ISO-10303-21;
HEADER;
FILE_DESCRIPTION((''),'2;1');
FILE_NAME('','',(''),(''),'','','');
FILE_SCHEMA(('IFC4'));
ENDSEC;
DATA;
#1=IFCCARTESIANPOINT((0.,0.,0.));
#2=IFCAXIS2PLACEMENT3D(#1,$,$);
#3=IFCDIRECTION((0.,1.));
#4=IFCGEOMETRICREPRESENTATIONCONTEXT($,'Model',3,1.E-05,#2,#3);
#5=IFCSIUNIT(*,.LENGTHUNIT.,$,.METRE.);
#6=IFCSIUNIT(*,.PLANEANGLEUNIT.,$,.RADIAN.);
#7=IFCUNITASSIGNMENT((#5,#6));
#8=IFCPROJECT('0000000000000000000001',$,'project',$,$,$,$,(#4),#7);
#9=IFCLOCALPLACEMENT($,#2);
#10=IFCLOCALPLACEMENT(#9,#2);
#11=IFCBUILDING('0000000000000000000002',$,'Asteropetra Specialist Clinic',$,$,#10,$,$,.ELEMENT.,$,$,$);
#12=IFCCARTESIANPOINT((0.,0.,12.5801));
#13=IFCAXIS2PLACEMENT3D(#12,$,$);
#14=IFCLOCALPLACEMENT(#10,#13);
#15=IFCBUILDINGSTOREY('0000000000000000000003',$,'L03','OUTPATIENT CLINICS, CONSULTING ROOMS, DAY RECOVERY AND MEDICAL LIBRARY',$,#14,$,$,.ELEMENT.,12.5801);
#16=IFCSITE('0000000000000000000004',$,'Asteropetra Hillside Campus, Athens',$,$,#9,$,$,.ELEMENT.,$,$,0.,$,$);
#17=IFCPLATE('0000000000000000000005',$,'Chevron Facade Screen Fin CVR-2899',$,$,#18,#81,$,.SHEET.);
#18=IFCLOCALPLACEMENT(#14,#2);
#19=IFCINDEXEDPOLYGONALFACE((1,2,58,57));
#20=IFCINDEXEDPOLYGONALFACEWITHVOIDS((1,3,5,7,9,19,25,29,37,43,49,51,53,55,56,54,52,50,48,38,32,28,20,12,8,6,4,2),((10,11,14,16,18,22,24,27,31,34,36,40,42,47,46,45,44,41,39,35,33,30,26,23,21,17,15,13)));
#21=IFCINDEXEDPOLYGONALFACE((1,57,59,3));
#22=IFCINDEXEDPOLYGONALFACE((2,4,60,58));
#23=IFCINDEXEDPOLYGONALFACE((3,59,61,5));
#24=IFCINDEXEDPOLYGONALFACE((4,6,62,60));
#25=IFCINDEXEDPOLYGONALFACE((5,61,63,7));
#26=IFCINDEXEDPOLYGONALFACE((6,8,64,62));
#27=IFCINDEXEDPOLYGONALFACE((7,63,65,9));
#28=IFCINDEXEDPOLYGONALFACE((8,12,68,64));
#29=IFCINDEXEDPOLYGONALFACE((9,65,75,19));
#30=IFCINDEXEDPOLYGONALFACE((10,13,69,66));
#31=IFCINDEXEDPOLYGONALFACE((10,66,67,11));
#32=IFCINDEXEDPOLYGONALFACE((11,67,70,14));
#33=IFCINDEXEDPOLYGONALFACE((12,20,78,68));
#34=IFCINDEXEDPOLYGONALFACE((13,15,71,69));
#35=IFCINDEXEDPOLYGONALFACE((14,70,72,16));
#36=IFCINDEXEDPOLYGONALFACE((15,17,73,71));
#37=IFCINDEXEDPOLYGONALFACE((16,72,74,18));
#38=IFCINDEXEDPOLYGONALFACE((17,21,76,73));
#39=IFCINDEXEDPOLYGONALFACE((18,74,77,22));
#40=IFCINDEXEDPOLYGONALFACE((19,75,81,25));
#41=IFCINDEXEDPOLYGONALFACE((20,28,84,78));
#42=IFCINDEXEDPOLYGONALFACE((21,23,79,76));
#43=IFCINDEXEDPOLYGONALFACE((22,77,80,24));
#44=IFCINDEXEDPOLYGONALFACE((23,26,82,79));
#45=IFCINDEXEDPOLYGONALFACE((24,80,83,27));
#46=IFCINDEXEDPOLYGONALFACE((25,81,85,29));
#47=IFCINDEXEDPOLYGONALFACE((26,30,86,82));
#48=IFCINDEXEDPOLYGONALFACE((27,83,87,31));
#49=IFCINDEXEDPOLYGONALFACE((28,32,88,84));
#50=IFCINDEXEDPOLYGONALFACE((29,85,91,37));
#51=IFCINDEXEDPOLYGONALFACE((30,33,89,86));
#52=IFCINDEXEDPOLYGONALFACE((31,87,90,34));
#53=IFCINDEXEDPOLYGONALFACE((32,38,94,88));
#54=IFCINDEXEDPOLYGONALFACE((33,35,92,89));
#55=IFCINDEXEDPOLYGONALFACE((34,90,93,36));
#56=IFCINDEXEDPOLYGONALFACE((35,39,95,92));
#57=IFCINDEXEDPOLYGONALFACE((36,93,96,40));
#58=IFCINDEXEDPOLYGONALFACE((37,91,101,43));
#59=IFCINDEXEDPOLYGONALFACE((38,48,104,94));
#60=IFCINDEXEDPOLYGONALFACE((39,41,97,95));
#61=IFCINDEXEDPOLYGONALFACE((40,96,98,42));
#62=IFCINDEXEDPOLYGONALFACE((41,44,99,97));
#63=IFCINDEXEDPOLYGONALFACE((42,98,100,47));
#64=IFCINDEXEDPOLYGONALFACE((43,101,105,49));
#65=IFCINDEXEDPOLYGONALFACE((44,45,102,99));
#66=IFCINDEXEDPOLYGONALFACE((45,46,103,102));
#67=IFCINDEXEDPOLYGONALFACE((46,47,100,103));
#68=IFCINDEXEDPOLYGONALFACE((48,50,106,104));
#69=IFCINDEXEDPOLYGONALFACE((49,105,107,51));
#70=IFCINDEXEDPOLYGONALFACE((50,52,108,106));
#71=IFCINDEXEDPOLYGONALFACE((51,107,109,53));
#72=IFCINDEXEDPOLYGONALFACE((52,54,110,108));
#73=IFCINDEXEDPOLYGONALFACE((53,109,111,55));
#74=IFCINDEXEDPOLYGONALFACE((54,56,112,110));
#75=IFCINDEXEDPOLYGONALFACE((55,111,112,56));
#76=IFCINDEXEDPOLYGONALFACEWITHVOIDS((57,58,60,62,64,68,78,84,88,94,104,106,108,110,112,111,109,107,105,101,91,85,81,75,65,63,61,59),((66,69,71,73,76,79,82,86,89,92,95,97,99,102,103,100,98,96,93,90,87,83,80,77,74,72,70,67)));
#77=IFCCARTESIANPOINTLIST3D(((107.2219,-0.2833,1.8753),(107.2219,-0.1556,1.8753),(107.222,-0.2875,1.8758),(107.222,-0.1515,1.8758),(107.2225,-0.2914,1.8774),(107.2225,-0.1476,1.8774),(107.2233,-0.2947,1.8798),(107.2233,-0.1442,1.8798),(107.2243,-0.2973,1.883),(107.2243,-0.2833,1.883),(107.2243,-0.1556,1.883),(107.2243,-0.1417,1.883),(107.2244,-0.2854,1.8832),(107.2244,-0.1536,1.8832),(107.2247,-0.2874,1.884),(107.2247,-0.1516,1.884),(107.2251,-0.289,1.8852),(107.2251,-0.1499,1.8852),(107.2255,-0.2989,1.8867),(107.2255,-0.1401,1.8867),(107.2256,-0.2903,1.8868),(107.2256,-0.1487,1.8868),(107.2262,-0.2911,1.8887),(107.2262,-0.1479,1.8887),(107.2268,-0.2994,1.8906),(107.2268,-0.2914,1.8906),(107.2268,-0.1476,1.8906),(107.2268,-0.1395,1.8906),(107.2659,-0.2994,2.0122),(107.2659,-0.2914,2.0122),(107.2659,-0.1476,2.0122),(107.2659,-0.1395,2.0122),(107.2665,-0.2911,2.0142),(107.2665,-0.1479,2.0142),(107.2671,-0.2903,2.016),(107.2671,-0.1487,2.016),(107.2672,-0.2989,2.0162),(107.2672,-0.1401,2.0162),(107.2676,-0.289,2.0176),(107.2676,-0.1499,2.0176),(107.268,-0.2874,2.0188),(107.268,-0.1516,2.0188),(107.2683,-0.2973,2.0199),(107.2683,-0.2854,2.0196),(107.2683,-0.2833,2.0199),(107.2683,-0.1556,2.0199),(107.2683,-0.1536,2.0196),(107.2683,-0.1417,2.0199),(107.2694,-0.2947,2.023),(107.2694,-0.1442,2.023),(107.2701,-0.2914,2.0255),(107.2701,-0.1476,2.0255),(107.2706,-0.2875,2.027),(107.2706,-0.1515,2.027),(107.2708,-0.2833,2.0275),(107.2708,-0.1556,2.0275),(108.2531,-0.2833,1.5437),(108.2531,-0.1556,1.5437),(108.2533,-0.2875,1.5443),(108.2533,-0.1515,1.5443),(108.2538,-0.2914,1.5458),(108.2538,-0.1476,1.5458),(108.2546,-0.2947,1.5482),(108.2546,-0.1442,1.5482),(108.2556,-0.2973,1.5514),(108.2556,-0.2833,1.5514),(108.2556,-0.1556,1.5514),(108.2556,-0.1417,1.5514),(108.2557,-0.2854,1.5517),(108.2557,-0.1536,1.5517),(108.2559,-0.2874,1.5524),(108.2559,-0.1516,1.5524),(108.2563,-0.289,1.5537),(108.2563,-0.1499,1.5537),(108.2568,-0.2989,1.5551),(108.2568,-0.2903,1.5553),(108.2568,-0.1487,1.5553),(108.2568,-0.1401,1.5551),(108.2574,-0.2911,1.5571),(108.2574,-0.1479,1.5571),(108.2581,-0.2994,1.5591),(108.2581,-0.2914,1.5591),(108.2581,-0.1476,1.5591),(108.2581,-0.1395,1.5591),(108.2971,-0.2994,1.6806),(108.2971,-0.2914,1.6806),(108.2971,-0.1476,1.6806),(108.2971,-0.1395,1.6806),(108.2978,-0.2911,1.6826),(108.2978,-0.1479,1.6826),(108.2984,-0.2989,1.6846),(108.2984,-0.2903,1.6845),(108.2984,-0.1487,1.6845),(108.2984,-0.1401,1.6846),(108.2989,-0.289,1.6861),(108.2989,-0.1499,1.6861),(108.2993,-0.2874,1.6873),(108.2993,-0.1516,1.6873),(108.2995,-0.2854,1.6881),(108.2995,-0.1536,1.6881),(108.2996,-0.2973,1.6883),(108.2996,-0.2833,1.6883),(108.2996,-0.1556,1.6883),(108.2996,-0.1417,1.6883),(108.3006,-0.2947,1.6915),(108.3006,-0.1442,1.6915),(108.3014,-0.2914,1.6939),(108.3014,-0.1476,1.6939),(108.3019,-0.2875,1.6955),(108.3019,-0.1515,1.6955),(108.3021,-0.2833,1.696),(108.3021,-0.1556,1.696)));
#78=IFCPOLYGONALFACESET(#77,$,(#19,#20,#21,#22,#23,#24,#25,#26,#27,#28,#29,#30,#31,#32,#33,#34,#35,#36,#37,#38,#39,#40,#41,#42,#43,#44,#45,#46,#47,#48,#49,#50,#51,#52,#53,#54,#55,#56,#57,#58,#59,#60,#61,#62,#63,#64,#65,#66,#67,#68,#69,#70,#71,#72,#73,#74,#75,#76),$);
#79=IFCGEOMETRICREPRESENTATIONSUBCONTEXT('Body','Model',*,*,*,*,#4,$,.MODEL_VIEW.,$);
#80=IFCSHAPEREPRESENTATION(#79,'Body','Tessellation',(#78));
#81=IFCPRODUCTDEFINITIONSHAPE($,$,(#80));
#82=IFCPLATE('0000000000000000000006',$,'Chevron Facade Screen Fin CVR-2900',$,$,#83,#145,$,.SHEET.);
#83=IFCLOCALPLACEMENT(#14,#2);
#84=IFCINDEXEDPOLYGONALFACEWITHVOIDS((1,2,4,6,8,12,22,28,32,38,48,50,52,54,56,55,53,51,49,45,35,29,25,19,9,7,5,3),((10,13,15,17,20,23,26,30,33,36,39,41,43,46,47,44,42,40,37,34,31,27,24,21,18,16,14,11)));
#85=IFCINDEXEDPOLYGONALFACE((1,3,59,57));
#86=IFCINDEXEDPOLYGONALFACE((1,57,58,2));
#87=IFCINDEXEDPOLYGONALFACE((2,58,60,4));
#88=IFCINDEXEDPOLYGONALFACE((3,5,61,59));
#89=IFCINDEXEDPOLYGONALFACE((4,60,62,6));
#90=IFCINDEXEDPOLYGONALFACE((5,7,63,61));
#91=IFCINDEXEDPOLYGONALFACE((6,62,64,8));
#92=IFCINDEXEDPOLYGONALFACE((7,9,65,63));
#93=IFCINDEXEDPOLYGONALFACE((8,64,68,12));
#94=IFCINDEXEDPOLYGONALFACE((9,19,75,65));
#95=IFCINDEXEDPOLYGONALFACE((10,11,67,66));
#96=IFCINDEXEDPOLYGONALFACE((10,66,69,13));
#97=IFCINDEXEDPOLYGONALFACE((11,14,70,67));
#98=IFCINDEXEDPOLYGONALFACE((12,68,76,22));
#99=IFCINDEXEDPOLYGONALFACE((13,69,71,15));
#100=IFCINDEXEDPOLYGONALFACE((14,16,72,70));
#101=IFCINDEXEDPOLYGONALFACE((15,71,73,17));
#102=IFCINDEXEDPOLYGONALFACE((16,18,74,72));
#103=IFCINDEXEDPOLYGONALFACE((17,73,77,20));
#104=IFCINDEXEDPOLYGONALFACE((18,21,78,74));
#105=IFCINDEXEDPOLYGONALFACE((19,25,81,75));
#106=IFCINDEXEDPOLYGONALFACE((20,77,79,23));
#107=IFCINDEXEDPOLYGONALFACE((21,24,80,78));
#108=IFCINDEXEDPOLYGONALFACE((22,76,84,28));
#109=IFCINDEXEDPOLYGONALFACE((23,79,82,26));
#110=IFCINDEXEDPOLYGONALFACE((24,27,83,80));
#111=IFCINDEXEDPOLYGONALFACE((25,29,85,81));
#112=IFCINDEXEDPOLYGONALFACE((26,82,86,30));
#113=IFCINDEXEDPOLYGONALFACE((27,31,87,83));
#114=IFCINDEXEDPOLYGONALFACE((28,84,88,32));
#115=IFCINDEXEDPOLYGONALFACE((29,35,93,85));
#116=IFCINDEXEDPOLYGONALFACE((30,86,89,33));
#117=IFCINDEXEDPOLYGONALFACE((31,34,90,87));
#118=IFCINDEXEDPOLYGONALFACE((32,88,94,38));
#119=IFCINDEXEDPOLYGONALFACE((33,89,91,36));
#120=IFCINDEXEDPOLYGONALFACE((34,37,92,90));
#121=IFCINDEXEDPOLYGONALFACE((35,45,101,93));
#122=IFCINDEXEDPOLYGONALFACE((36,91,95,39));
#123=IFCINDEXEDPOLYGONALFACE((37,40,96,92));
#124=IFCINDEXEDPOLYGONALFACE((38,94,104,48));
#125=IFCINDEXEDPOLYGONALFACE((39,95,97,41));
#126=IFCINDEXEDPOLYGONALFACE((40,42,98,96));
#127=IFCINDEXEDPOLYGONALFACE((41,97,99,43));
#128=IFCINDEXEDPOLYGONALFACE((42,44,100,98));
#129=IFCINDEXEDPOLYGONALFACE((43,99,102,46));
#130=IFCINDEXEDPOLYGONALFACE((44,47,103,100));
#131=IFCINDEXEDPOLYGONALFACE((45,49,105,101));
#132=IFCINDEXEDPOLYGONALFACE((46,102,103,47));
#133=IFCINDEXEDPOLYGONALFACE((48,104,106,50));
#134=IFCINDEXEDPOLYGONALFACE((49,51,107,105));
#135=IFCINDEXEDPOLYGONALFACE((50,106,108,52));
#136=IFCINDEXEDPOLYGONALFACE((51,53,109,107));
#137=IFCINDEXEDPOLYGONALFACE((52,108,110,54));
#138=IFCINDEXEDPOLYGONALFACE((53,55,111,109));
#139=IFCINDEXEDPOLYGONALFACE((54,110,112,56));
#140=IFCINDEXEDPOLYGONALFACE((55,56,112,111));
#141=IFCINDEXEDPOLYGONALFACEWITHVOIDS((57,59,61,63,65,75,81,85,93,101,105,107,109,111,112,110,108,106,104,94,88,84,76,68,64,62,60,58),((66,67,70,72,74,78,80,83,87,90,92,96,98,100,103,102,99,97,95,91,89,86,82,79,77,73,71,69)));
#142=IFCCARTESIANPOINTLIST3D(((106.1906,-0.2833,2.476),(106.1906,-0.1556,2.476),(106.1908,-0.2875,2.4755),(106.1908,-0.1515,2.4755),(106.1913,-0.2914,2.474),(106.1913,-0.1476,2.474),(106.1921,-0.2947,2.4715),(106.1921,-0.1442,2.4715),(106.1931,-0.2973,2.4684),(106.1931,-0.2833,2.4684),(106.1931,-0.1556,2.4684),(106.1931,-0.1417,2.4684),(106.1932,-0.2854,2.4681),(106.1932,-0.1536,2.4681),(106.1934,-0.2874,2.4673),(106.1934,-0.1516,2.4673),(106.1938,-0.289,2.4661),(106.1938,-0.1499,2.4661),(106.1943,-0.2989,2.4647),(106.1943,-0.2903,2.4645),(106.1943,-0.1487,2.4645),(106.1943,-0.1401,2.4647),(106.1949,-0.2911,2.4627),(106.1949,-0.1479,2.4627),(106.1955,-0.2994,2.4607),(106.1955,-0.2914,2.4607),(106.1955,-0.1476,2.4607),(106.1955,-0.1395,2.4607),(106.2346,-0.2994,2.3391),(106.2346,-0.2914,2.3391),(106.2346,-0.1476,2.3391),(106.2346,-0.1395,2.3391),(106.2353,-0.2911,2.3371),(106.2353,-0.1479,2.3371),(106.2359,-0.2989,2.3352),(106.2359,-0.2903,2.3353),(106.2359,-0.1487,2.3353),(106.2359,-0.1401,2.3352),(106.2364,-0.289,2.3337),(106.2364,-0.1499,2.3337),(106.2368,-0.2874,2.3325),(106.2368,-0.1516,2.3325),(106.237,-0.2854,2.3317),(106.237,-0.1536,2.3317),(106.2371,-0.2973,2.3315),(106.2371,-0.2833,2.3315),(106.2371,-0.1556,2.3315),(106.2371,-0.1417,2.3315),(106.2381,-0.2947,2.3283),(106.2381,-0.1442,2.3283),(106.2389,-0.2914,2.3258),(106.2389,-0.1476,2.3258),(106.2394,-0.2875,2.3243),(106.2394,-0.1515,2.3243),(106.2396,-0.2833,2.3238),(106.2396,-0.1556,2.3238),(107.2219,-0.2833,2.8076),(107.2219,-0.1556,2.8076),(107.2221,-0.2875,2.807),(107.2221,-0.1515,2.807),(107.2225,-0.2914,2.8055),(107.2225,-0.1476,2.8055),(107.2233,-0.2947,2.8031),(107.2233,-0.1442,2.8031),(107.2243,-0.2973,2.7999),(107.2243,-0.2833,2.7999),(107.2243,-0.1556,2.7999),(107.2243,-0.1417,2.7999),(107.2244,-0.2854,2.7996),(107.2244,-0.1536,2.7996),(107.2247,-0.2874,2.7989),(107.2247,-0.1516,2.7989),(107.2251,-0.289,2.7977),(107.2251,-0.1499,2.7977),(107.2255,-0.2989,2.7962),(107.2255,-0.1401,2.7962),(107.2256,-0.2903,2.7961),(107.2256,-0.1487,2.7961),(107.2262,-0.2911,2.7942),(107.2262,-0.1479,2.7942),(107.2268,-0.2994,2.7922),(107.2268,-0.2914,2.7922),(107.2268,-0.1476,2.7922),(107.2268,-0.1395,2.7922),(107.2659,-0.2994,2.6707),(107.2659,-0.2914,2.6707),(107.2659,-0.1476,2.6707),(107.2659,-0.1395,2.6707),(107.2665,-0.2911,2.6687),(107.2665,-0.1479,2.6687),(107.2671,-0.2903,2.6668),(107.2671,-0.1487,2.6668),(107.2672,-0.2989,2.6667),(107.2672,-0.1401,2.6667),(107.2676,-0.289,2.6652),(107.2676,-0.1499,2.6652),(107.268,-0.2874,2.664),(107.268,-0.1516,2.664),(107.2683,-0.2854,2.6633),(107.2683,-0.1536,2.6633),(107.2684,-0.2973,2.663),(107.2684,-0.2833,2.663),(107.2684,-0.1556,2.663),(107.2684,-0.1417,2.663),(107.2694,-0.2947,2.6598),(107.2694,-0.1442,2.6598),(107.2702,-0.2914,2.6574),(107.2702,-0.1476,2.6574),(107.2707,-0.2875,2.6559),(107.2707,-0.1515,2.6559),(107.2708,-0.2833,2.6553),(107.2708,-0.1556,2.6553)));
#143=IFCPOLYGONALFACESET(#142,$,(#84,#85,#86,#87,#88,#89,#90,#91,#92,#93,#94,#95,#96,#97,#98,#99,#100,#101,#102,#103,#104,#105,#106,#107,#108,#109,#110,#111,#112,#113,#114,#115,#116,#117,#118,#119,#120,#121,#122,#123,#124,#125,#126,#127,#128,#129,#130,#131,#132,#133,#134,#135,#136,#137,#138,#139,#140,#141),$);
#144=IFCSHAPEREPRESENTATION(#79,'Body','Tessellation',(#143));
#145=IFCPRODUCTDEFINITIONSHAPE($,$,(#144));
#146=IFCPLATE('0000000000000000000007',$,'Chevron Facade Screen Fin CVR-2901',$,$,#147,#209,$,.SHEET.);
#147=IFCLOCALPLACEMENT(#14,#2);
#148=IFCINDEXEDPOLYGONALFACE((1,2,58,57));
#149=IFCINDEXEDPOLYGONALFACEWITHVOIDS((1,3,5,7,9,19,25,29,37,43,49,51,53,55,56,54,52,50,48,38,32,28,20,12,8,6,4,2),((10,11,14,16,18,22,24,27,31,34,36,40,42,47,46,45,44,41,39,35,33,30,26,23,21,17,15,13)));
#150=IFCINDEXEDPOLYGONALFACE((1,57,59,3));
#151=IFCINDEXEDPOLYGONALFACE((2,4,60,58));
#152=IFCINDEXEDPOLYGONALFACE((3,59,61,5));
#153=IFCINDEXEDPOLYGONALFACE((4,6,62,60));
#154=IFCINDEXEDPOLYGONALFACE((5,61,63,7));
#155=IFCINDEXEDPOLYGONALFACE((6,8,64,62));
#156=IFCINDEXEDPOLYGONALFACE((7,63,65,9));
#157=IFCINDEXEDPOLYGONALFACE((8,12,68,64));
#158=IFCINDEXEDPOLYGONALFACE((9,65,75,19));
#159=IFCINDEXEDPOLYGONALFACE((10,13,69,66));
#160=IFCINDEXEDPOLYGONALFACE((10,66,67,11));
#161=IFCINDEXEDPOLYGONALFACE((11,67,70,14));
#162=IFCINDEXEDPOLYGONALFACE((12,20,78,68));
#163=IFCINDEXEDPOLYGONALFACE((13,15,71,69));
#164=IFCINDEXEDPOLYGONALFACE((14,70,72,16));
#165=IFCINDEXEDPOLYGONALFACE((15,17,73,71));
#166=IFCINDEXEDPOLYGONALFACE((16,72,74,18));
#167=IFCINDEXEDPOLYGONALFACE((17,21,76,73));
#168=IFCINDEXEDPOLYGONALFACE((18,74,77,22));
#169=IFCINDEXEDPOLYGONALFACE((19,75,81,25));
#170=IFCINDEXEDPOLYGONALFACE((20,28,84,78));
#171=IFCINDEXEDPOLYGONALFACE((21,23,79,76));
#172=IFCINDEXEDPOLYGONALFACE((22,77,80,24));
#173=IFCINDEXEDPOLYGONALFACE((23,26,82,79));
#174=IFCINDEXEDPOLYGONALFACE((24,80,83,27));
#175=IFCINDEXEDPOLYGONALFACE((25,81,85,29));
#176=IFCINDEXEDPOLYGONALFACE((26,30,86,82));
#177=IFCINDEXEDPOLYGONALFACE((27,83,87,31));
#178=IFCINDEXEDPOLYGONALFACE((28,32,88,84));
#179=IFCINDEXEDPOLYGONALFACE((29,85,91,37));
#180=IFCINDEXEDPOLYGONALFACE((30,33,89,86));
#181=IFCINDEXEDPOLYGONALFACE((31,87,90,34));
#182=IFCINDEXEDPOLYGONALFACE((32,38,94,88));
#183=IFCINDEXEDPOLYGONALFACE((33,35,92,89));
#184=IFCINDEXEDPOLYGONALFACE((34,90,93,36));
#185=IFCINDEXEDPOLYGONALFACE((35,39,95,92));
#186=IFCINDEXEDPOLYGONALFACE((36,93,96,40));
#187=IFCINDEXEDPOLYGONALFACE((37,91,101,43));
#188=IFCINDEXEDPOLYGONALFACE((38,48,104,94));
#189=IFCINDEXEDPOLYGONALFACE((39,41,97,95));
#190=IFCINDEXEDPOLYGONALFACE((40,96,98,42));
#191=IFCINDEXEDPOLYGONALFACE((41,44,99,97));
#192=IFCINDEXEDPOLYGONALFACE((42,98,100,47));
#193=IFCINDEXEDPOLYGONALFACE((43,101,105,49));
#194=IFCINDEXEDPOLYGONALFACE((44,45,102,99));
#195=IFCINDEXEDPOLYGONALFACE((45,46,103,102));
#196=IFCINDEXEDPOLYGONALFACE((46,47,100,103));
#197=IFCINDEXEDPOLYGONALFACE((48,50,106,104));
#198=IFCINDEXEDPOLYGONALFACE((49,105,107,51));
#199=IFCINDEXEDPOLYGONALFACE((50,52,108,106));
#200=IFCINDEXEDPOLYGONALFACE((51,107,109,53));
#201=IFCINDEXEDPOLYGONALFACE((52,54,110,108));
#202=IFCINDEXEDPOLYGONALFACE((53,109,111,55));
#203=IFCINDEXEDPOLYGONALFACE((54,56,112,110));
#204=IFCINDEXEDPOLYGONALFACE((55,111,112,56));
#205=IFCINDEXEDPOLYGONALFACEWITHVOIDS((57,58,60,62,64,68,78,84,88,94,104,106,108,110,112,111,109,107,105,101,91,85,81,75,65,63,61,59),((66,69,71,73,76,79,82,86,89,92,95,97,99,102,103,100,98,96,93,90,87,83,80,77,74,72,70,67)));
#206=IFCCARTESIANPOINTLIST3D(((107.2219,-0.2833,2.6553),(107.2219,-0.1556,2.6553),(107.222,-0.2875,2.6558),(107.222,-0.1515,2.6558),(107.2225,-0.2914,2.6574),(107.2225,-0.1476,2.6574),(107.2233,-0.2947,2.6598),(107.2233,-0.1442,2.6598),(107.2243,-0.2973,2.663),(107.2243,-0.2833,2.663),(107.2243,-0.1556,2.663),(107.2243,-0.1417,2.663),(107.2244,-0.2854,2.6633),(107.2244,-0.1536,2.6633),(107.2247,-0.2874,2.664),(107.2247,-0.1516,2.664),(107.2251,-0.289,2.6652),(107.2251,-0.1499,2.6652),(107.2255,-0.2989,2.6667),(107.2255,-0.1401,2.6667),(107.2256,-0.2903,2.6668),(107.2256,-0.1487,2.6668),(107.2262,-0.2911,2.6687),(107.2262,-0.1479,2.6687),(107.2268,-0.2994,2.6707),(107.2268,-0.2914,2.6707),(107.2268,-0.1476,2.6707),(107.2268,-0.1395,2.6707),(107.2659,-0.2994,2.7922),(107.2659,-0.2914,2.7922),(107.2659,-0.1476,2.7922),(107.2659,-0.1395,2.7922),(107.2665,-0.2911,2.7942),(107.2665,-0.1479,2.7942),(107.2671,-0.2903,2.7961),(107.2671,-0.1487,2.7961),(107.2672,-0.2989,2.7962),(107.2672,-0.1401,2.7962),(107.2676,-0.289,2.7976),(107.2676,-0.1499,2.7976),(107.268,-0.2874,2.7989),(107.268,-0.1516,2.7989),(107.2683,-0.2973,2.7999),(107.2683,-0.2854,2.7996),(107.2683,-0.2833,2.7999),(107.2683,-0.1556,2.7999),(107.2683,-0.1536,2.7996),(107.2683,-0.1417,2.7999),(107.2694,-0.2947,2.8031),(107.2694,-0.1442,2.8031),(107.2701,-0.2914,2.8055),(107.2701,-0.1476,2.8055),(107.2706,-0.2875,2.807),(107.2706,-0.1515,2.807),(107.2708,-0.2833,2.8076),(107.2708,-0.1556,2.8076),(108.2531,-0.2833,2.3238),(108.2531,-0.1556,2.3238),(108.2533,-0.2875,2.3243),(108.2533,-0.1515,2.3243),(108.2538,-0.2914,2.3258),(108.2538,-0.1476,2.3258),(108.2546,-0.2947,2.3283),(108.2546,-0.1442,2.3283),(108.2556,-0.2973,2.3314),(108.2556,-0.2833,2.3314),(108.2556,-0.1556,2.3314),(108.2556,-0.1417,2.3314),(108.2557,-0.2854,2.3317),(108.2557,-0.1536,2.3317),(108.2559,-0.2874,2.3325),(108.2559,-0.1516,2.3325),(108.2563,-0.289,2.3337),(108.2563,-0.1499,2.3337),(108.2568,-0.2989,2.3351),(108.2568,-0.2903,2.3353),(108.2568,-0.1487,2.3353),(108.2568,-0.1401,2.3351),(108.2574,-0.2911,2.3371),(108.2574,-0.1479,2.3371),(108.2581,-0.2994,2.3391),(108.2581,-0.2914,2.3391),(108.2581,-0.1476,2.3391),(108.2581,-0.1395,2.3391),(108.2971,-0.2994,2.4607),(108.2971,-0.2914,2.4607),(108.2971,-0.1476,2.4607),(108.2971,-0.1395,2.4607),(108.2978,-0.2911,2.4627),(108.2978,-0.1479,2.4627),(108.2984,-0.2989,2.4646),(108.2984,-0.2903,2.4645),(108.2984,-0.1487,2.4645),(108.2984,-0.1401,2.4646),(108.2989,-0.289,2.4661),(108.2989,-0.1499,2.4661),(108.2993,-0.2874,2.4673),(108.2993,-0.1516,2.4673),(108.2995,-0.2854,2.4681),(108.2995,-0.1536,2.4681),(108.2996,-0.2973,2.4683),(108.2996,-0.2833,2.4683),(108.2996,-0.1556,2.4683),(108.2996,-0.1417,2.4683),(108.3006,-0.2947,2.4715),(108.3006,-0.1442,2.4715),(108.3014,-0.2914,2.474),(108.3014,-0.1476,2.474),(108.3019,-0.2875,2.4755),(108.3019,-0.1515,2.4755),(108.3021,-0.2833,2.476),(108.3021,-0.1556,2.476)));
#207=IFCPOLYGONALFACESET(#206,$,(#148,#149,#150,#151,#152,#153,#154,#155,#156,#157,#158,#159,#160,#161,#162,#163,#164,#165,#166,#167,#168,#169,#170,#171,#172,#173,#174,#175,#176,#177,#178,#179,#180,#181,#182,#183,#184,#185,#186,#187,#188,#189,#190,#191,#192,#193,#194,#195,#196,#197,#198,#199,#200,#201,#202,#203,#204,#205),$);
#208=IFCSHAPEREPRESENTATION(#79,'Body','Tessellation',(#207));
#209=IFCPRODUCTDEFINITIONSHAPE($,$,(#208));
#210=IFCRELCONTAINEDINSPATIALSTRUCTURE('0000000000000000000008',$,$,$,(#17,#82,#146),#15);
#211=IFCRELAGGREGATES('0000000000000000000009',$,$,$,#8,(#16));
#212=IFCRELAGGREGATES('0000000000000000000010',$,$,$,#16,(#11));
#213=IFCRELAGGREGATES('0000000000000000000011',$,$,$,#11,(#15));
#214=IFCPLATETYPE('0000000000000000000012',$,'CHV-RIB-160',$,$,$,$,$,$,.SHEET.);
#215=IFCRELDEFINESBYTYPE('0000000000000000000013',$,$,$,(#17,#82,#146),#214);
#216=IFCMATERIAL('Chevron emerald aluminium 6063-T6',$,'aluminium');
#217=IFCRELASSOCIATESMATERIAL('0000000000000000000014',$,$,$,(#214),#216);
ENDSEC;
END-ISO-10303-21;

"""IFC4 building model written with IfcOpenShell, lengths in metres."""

from ifc_helpers import new_model, si_unit, direction, frame, origin, origin_2d, place, context, subcontext, project, spatial, hollow_rectangle, extrude, material, material_profile, profile_set, type_object, element, save


model = new_model("IFC4")

# Units and contexts
model_context = context("Model", 3, precision=1e-05, world=origin(), true_north=direction((0.0, 1.0)))
body_context = subcontext(model_context, "Body", "Model", "MODEL_VIEW")
ifc_project = project(units=[si_unit("LENGTHUNIT", "METRE"), si_unit("PLANEANGLEUNIT", "RADIAN")], contexts=[model_context])

# Site, building, storey
site_placement = place(None, origin())
site = spatial("IfcSite", under=ifc_project, at=site_placement, Name="Asteropetra Hillside Campus, Athens", CompositionType="ELEMENT", RefElevation=0.0)
building_placement = place(site_placement, origin())
building = spatial("IfcBuilding", under=site, at=building_placement, Name="Asteropetra Specialist Clinic", CompositionType="ELEMENT")
storey_placement = place(building_placement, frame((0.0, 0.0, 12.5801)))
storey = spatial("IfcBuildingStorey", under=building, at=storey_placement, Name="L03", Description="OUTPATIENT CLINICS, CONSULTING ROOMS, DAY RECOVERY AND MEDICAL LIBRARY", CompositionType="ELEMENT", Elevation=12.5801)

# Plates
ifc_material_1 = material(Name="Chevron emerald aluminium 6063-T6", Category="aluminium")
ifc_material_profile_1 = material_profile(ifc_material_1, hollow_rectangle(XDim=0.1599, YDim=0.1599, WallThickness=0.0081, InnerFilletRadius=0.0081, OuterFilletRadius=0.0161, at=origin_2d()), Name="SHS 160x160x8.0")
ifc_profile_set_1 = profile_set([ifc_material_profile_1], Name="Chevron emerald aluminium 6063-T6")
plate_type_1 = type_object("IfcPlateType", Name="CHV-RIB-160", PredefinedType="SHEET", material=ifc_profile_set_1)
for number, where, z_axis, x_axis, name in (
    (1, (107.2463, -0.2195, 1.9514), (0.95201, 0.0, -0.306068), (0.0, 1.0, 0.0), "Chevron Facade Screen Fin CVR-2899"),
    (2, (106.2151, -0.2195, 2.3999), (0.95201, 0.0, 0.306068), (0.0, 1.0, 0.0), "Chevron Facade Screen Fin CVR-2900"),
    (3, (107.2463, -0.2195, 2.7314), (0.95201, 0.0, -0.306068), (0.0, 1.0, 0.0), "Chevron Facade Screen Fin CVR-2901"),
):
    element("IfcPlate", number, at=place(storey_placement, frame(where, z_axis=z_axis, x_axis=x_axis)), inside=storey, type_object=plate_type_1, Name=name, PredefinedType="SHEET", context=body_context, shape_type="SweptSolid", body=[
        extrude(hollow_rectangle(XDim=0.1599, YDim=0.1599, WallThickness=0.0081, InnerFilletRadius=0.0081, OuterFilletRadius=0.0161, at=origin_2d()), origin(), (0.0, 0.0, 1.0), 1.0833),
    ])

save(model, "model.ifc")
